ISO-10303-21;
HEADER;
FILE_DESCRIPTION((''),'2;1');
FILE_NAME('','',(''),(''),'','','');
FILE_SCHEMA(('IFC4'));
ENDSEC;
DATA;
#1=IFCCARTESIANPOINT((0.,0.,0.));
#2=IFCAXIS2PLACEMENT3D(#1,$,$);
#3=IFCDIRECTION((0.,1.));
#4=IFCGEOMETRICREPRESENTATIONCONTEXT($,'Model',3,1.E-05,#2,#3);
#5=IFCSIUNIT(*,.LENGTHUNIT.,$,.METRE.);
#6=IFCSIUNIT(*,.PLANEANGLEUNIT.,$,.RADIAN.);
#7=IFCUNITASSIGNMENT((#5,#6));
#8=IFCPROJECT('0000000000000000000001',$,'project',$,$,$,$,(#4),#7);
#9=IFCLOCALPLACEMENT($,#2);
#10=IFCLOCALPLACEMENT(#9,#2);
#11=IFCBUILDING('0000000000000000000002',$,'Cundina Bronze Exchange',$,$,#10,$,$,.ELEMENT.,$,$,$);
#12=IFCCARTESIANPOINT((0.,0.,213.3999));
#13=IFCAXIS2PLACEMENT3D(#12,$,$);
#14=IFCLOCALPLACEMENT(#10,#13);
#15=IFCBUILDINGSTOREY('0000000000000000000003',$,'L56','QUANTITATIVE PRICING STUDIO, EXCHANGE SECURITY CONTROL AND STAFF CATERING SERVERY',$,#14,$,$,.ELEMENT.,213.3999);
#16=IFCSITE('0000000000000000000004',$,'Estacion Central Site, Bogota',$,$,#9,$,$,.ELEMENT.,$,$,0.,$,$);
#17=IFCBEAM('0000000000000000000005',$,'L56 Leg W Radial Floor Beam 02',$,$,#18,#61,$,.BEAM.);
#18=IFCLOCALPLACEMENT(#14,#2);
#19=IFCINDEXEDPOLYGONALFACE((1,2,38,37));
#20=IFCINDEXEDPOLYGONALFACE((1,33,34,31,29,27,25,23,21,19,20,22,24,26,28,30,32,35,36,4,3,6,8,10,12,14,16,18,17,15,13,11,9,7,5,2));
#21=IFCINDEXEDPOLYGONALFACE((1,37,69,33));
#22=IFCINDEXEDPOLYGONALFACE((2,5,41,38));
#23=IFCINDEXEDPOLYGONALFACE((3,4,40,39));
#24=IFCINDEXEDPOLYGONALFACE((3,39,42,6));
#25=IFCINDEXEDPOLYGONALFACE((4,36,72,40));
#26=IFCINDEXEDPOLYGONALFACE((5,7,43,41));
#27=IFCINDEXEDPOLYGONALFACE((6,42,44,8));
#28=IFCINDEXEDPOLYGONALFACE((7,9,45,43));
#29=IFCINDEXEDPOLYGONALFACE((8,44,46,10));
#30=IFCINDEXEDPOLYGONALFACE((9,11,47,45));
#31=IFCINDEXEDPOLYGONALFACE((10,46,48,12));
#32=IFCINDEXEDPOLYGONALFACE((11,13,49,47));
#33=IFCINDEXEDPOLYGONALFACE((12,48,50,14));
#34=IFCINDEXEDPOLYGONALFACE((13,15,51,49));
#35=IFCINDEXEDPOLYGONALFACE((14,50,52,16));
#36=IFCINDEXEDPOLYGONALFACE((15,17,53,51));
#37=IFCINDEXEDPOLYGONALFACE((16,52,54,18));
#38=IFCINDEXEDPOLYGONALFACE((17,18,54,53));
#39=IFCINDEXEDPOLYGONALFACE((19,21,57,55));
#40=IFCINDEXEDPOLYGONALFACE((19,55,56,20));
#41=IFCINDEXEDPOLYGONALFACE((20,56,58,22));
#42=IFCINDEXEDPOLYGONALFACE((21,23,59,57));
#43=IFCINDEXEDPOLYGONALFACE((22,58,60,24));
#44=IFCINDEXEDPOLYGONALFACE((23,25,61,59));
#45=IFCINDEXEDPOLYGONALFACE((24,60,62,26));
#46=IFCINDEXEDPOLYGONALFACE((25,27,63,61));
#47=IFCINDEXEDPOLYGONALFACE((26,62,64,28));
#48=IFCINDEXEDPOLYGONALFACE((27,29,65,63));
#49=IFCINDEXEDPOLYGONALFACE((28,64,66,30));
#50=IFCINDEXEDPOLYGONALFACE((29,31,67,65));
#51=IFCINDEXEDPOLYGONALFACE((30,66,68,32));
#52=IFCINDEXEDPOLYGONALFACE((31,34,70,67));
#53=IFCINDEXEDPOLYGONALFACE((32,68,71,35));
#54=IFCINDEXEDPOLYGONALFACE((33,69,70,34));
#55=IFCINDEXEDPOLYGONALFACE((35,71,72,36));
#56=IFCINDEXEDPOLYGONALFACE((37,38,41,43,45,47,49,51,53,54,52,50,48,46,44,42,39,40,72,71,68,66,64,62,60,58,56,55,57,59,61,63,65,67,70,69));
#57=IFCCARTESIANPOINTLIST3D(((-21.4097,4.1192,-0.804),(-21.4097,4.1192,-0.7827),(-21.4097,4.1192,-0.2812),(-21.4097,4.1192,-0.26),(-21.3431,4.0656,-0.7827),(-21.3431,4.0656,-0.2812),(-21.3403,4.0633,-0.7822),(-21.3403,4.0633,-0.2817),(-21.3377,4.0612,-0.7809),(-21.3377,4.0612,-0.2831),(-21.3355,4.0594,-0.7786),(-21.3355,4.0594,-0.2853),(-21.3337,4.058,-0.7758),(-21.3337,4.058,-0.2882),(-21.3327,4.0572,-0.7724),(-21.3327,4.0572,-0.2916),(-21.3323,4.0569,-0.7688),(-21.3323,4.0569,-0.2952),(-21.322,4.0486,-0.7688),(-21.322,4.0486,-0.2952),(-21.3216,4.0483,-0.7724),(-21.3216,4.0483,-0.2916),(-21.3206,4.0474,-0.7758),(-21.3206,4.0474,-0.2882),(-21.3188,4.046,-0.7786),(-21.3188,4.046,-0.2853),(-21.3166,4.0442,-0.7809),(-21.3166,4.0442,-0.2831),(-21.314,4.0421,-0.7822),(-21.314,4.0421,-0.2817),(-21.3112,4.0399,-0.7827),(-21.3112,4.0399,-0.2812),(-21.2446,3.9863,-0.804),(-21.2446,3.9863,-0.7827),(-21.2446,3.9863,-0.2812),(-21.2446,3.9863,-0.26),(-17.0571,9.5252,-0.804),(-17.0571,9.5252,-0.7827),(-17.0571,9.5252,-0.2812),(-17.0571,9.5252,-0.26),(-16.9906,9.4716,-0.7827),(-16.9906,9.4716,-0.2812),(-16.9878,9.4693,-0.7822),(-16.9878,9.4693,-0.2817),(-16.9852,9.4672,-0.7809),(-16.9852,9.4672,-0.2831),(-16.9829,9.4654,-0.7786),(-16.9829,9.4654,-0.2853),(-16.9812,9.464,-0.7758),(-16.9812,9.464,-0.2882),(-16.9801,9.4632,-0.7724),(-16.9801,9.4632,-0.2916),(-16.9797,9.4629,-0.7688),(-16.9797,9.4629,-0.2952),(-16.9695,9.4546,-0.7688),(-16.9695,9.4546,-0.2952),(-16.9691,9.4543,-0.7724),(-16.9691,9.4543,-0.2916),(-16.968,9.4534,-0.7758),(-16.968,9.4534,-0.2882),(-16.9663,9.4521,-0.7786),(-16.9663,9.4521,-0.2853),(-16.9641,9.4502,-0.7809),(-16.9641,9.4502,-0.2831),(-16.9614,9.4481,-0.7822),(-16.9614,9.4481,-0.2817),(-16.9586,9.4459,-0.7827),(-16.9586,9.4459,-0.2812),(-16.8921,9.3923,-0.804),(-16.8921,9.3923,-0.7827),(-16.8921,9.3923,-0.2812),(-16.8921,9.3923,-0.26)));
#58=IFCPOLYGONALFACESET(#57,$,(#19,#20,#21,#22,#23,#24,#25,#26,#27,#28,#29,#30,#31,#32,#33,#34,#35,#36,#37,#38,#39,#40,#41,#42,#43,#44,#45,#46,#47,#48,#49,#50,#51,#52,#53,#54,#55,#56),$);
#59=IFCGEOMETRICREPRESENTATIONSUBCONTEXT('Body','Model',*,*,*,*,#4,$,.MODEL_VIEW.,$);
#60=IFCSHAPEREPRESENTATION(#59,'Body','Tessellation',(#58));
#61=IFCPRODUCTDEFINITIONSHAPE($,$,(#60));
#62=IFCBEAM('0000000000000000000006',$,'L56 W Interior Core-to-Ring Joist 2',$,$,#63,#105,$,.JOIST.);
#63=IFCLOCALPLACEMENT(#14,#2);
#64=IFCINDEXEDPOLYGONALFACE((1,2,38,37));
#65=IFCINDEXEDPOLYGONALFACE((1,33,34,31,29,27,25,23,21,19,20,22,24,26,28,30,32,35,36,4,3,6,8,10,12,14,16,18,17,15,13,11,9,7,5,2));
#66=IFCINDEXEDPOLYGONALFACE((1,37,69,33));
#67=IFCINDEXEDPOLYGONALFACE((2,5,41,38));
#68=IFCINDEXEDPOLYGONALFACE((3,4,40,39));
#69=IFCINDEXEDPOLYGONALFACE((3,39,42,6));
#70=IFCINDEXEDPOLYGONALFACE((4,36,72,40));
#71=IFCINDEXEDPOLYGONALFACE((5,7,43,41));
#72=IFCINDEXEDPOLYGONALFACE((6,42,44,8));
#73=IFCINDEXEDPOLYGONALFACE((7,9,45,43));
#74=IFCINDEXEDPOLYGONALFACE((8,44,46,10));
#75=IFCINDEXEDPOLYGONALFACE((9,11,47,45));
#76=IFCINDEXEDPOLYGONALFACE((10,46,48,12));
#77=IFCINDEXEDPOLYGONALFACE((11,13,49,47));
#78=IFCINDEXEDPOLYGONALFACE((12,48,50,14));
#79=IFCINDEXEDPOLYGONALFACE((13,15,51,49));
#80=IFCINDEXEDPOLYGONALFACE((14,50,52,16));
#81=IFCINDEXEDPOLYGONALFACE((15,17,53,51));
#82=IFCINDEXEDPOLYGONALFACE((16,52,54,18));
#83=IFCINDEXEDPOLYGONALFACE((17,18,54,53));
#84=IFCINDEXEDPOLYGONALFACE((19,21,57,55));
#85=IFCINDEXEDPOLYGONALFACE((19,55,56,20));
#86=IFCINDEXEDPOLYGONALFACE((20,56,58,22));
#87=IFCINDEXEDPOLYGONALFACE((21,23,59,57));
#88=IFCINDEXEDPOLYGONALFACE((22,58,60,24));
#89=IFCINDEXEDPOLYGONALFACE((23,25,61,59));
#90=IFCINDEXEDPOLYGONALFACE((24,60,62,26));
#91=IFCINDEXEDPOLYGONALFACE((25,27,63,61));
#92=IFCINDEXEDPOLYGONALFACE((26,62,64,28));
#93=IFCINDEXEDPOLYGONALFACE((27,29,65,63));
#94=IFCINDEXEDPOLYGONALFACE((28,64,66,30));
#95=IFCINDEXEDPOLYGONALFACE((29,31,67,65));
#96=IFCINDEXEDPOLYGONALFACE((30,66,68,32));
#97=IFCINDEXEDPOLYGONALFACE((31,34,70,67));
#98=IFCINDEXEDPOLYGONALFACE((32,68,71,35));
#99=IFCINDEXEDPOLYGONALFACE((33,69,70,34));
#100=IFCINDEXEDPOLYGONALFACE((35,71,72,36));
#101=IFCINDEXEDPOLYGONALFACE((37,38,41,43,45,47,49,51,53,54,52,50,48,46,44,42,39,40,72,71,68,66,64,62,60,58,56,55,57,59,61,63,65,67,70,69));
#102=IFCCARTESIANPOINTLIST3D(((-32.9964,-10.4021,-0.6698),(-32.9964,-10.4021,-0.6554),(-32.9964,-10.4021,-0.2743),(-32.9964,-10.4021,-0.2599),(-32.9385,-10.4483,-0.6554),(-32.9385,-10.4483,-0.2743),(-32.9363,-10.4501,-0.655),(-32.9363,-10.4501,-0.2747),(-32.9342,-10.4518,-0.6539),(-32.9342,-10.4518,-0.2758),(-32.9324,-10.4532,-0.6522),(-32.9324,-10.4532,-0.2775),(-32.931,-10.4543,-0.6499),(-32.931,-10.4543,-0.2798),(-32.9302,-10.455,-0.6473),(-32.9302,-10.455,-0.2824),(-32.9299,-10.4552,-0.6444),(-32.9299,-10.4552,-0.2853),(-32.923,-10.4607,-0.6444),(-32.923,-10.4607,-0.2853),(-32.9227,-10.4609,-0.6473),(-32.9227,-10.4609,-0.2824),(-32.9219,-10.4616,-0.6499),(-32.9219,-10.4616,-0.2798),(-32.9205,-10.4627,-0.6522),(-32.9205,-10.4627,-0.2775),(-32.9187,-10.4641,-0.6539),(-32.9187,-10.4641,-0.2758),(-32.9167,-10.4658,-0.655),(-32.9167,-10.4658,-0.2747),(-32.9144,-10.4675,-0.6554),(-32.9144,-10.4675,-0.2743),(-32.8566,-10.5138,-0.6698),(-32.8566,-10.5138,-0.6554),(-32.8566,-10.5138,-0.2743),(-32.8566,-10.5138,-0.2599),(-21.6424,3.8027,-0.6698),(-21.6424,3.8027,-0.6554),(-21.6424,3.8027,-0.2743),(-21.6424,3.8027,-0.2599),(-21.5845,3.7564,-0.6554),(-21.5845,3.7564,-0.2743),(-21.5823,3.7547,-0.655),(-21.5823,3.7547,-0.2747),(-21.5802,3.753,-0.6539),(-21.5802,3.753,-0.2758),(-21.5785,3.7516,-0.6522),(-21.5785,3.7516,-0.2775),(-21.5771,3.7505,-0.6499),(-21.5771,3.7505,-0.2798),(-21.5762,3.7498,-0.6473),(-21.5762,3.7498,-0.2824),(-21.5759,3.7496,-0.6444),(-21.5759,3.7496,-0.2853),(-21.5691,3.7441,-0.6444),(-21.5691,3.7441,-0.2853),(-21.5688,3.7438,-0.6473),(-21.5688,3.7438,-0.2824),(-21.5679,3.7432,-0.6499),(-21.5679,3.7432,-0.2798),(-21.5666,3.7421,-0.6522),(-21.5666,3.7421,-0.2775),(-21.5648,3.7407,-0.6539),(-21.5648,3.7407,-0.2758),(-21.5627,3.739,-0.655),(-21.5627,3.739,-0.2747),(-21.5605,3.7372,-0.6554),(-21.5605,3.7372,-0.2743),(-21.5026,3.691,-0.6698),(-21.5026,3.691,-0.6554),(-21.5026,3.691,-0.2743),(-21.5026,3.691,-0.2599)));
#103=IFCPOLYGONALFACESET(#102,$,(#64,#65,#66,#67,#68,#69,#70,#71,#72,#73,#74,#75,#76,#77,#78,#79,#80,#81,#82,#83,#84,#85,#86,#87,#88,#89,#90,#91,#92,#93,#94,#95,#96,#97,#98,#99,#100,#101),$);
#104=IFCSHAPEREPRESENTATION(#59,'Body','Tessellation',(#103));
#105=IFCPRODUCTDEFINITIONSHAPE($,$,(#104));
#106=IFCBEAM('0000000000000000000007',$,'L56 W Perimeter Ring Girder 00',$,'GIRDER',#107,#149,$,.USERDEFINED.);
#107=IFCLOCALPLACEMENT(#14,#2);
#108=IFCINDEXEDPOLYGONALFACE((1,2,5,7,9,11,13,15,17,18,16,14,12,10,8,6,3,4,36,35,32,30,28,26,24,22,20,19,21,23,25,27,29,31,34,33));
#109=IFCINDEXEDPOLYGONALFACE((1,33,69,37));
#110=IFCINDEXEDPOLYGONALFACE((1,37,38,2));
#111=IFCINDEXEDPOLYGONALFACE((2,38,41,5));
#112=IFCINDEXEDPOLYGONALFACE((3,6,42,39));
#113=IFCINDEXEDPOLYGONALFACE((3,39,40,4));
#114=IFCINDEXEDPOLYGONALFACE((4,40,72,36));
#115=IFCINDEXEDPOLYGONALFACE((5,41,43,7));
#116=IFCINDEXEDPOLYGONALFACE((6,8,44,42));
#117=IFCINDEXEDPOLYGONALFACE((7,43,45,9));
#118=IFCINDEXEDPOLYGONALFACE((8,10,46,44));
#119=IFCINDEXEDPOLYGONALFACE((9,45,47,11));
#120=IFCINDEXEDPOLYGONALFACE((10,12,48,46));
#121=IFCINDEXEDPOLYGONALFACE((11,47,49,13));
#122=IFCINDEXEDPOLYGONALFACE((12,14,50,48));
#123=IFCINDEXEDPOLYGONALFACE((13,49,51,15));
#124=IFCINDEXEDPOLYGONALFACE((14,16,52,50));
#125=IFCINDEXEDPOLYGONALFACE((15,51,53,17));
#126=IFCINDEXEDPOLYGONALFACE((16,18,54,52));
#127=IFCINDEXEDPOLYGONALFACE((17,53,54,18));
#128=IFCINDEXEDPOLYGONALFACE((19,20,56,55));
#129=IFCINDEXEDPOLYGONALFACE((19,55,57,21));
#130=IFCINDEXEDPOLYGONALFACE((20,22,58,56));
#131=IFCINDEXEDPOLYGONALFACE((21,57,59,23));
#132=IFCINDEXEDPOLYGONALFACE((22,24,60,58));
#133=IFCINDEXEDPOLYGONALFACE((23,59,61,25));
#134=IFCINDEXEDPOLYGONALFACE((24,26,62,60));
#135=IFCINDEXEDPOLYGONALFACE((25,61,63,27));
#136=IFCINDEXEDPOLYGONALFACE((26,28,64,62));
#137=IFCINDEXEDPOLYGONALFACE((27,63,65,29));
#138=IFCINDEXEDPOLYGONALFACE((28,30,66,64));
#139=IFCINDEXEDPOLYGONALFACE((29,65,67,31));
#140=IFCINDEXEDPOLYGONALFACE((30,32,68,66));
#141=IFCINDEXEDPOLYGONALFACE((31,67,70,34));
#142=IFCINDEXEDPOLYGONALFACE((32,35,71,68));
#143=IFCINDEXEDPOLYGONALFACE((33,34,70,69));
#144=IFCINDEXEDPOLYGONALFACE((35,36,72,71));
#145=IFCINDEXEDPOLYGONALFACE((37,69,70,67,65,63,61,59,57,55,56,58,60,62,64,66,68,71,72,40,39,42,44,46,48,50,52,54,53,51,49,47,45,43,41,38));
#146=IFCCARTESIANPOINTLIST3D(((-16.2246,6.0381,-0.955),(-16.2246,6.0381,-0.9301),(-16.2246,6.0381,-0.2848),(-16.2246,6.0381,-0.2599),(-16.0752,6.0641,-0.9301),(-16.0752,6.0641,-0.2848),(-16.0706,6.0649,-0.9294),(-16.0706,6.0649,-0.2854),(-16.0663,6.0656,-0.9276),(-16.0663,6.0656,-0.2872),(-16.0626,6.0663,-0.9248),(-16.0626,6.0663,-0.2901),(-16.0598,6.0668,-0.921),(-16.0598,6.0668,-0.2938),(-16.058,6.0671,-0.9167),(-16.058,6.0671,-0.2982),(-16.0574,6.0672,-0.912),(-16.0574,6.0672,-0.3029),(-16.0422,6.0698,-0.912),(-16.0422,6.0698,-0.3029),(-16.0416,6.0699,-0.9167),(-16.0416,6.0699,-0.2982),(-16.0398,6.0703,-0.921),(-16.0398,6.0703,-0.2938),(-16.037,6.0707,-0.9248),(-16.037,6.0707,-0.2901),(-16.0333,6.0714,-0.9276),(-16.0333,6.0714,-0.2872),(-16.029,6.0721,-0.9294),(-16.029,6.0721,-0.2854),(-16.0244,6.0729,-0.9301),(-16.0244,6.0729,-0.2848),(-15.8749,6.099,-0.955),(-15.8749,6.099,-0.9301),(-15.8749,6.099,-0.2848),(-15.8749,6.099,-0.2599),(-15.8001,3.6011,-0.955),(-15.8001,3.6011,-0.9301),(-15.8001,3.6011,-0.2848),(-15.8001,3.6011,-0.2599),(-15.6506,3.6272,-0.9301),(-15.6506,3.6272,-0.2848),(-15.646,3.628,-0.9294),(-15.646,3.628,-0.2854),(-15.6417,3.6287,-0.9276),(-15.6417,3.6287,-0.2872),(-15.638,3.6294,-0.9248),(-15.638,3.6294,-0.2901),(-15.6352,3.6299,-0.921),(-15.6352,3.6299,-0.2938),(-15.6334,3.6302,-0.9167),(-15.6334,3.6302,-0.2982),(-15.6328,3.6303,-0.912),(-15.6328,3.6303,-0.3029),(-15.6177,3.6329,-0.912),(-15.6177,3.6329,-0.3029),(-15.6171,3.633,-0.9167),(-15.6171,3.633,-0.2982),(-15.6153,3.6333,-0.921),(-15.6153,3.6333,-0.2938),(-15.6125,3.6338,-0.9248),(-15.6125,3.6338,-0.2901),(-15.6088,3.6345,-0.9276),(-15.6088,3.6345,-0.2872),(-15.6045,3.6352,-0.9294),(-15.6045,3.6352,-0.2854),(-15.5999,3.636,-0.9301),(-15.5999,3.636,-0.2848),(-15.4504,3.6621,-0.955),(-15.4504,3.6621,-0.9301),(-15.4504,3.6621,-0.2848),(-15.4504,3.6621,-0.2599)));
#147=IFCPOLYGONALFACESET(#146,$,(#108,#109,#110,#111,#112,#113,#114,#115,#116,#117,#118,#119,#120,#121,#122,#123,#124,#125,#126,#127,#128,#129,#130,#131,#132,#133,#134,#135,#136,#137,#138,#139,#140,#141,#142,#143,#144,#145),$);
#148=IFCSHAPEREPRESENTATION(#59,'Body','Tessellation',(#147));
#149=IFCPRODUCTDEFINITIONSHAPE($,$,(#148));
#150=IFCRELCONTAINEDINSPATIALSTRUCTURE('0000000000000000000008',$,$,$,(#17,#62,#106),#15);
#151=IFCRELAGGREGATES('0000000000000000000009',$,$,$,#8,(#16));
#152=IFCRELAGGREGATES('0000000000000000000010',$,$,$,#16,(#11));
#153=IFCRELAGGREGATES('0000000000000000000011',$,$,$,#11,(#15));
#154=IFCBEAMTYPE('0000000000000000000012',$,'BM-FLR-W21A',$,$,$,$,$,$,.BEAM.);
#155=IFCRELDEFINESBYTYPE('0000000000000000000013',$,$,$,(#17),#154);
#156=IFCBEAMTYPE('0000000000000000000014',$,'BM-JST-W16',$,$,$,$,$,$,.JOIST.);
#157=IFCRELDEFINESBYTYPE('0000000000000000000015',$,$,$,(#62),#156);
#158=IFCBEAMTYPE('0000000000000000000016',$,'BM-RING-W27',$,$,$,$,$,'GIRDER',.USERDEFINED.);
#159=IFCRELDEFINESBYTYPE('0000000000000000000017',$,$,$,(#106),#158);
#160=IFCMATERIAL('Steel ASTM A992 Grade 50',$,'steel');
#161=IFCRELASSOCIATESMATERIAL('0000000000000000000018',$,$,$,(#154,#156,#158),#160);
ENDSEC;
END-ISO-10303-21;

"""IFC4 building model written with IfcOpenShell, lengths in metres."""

from ifc_helpers import new_model, si_unit, direction, frame, origin, origin_2d, place, context, subcontext, project, spatial, i_section, extrude, material, material_profile, profile_set, type_object, element, save


model = new_model("IFC4")

# Units and contexts
model_context = context("Model", 3, precision=1e-05, world=origin(), true_north=direction((0.0, 1.0)))
body_context = subcontext(model_context, "Body", "Model", "MODEL_VIEW")
ifc_project = project(units=[si_unit("LENGTHUNIT", "METRE"), si_unit("PLANEANGLEUNIT", "RADIAN")], contexts=[model_context])

# Site, building, storey
site_placement = place(None, origin())
site = spatial("IfcSite", under=ifc_project, at=site_placement, Name="Estacion Central Site, Bogota", CompositionType="ELEMENT", RefElevation=0.0)
building_placement = place(site_placement, origin())
building = spatial("IfcBuilding", under=site, at=building_placement, Name="Cundina Bronze Exchange", CompositionType="ELEMENT")
storey_placement = place(building_placement, frame((0.0, 0.0, 213.3999)))
storey = spatial("IfcBuildingStorey", under=building, at=storey_placement, Name="L56", Description="QUANTITATIVE PRICING STUDIO, EXCHANGE SECURITY CONTROL AND STAFF CATERING SERVERY", CompositionType="ELEMENT", Elevation=213.3999)

# Shared definitions
ifc_material_1 = material(Name="Steel ASTM A992 Grade 50", Category="steel")

# Beams
ifc_material_profile_1 = material_profile(ifc_material_1, i_section(OverallWidth=0.2119, OverallDepth=0.5439, WebThickness=0.0132, FlangeThickness=0.0212, FilletRadius=0.0139, at=origin_2d()), Name="W21X83", Category="steel")
ifc_profile_set_1 = profile_set([ifc_material_profile_1], Name="Steel ASTM A992 Grade 50")
beam_type_1 = type_object("IfcBeamType", Name="BM-FLR-W21A", PredefinedType="BEAM", material=ifc_profile_set_1)
beam_1_placement = place(storey_placement, frame((-21.3271, 4.0527, -0.532), z_axis=(0.627129, 0.778916, 0.0), x_axis=(-0.778916, 0.627129, 0.0)))
element("IfcBeam", 1, at=beam_1_placement, inside=storey, type_object=beam_type_1, Name="L56 Leg W Radial Floor Beam 02", PredefinedType="BEAM", context=body_context, shape_type="SweptSolid", body=[
    extrude(i_section(OverallWidth=0.2119, OverallDepth=0.5439, WebThickness=0.0132, FlangeThickness=0.0212, FilletRadius=0.0139, at=origin_2d()), origin(), (0.0, 0.0, 1.0), 6.9404),
])
ifc_material_profile_2 = material_profile(ifc_material_1, i_section(OverallWidth=0.179, OverallDepth=0.4099, WebThickness=0.0088, FlangeThickness=0.0144, FilletRadius=0.011, at=origin_2d()), Name="W16X45", Category="steel")
ifc_profile_set_2 = profile_set([ifc_material_profile_2], Name="Steel ASTM A992 Grade 50")
beam_type_2 = type_object("IfcBeamType", Name="BM-JST-W16", PredefinedType="JOIST", material=ifc_profile_set_2)
beam_2_placement = place(storey_placement, frame((-21.5725, 3.7468, -0.4648), z_axis=(-0.624364, -0.781133, 0.0), x_axis=(0.781133, -0.624364, 0.0)))
element("IfcBeam", 2, at=beam_2_placement, inside=storey, type_object=beam_type_2, Name="L56 W Interior Core-to-Ring Joist 2", PredefinedType="JOIST", context=body_context, shape_type="SweptSolid", body=[
    extrude(i_section(OverallWidth=0.179, OverallDepth=0.4099, WebThickness=0.0088, FlangeThickness=0.0144, FilletRadius=0.011, at=origin_2d()), origin(), (0.0, 0.0, 1.0), 18.1848),
])
ifc_material_profile_3 = material_profile(ifc_material_1, i_section(OverallWidth=0.355, OverallDepth=0.6951, WebThickness=0.0154, FlangeThickness=0.0249, FilletRadius=0.0181, at=origin_2d()), Name="W27X146", Category="steel")
ifc_profile_set_3 = profile_set([ifc_material_profile_3], Name="Steel ASTM A992 Grade 50")
beam_type_3 = type_object("IfcBeamType", Name="BM-RING-W27", ElementType="GIRDER", PredefinedType="USERDEFINED", material=ifc_profile_set_3)
beam_3_placement = place(storey_placement, frame((-15.6252, 3.6316, -0.6074), z_axis=(-0.171629, 0.985162, 0.0), x_axis=(-0.985162, -0.171629, 0.0)))
element("IfcBeam", 3, at=beam_3_placement, inside=storey, type_object=beam_type_3, Name="L56 W Perimeter Ring Girder 00", ObjectType="GIRDER", PredefinedType="USERDEFINED", context=body_context, shape_type="SweptSolid", body=[
    extrude(i_section(OverallWidth=0.355, OverallDepth=0.6951, WebThickness=0.0154, FlangeThickness=0.0249, FilletRadius=0.0181, at=origin_2d()), origin(), (0.0, 0.0, 1.0), 2.4736),
])

save(model, "model.ifc")
